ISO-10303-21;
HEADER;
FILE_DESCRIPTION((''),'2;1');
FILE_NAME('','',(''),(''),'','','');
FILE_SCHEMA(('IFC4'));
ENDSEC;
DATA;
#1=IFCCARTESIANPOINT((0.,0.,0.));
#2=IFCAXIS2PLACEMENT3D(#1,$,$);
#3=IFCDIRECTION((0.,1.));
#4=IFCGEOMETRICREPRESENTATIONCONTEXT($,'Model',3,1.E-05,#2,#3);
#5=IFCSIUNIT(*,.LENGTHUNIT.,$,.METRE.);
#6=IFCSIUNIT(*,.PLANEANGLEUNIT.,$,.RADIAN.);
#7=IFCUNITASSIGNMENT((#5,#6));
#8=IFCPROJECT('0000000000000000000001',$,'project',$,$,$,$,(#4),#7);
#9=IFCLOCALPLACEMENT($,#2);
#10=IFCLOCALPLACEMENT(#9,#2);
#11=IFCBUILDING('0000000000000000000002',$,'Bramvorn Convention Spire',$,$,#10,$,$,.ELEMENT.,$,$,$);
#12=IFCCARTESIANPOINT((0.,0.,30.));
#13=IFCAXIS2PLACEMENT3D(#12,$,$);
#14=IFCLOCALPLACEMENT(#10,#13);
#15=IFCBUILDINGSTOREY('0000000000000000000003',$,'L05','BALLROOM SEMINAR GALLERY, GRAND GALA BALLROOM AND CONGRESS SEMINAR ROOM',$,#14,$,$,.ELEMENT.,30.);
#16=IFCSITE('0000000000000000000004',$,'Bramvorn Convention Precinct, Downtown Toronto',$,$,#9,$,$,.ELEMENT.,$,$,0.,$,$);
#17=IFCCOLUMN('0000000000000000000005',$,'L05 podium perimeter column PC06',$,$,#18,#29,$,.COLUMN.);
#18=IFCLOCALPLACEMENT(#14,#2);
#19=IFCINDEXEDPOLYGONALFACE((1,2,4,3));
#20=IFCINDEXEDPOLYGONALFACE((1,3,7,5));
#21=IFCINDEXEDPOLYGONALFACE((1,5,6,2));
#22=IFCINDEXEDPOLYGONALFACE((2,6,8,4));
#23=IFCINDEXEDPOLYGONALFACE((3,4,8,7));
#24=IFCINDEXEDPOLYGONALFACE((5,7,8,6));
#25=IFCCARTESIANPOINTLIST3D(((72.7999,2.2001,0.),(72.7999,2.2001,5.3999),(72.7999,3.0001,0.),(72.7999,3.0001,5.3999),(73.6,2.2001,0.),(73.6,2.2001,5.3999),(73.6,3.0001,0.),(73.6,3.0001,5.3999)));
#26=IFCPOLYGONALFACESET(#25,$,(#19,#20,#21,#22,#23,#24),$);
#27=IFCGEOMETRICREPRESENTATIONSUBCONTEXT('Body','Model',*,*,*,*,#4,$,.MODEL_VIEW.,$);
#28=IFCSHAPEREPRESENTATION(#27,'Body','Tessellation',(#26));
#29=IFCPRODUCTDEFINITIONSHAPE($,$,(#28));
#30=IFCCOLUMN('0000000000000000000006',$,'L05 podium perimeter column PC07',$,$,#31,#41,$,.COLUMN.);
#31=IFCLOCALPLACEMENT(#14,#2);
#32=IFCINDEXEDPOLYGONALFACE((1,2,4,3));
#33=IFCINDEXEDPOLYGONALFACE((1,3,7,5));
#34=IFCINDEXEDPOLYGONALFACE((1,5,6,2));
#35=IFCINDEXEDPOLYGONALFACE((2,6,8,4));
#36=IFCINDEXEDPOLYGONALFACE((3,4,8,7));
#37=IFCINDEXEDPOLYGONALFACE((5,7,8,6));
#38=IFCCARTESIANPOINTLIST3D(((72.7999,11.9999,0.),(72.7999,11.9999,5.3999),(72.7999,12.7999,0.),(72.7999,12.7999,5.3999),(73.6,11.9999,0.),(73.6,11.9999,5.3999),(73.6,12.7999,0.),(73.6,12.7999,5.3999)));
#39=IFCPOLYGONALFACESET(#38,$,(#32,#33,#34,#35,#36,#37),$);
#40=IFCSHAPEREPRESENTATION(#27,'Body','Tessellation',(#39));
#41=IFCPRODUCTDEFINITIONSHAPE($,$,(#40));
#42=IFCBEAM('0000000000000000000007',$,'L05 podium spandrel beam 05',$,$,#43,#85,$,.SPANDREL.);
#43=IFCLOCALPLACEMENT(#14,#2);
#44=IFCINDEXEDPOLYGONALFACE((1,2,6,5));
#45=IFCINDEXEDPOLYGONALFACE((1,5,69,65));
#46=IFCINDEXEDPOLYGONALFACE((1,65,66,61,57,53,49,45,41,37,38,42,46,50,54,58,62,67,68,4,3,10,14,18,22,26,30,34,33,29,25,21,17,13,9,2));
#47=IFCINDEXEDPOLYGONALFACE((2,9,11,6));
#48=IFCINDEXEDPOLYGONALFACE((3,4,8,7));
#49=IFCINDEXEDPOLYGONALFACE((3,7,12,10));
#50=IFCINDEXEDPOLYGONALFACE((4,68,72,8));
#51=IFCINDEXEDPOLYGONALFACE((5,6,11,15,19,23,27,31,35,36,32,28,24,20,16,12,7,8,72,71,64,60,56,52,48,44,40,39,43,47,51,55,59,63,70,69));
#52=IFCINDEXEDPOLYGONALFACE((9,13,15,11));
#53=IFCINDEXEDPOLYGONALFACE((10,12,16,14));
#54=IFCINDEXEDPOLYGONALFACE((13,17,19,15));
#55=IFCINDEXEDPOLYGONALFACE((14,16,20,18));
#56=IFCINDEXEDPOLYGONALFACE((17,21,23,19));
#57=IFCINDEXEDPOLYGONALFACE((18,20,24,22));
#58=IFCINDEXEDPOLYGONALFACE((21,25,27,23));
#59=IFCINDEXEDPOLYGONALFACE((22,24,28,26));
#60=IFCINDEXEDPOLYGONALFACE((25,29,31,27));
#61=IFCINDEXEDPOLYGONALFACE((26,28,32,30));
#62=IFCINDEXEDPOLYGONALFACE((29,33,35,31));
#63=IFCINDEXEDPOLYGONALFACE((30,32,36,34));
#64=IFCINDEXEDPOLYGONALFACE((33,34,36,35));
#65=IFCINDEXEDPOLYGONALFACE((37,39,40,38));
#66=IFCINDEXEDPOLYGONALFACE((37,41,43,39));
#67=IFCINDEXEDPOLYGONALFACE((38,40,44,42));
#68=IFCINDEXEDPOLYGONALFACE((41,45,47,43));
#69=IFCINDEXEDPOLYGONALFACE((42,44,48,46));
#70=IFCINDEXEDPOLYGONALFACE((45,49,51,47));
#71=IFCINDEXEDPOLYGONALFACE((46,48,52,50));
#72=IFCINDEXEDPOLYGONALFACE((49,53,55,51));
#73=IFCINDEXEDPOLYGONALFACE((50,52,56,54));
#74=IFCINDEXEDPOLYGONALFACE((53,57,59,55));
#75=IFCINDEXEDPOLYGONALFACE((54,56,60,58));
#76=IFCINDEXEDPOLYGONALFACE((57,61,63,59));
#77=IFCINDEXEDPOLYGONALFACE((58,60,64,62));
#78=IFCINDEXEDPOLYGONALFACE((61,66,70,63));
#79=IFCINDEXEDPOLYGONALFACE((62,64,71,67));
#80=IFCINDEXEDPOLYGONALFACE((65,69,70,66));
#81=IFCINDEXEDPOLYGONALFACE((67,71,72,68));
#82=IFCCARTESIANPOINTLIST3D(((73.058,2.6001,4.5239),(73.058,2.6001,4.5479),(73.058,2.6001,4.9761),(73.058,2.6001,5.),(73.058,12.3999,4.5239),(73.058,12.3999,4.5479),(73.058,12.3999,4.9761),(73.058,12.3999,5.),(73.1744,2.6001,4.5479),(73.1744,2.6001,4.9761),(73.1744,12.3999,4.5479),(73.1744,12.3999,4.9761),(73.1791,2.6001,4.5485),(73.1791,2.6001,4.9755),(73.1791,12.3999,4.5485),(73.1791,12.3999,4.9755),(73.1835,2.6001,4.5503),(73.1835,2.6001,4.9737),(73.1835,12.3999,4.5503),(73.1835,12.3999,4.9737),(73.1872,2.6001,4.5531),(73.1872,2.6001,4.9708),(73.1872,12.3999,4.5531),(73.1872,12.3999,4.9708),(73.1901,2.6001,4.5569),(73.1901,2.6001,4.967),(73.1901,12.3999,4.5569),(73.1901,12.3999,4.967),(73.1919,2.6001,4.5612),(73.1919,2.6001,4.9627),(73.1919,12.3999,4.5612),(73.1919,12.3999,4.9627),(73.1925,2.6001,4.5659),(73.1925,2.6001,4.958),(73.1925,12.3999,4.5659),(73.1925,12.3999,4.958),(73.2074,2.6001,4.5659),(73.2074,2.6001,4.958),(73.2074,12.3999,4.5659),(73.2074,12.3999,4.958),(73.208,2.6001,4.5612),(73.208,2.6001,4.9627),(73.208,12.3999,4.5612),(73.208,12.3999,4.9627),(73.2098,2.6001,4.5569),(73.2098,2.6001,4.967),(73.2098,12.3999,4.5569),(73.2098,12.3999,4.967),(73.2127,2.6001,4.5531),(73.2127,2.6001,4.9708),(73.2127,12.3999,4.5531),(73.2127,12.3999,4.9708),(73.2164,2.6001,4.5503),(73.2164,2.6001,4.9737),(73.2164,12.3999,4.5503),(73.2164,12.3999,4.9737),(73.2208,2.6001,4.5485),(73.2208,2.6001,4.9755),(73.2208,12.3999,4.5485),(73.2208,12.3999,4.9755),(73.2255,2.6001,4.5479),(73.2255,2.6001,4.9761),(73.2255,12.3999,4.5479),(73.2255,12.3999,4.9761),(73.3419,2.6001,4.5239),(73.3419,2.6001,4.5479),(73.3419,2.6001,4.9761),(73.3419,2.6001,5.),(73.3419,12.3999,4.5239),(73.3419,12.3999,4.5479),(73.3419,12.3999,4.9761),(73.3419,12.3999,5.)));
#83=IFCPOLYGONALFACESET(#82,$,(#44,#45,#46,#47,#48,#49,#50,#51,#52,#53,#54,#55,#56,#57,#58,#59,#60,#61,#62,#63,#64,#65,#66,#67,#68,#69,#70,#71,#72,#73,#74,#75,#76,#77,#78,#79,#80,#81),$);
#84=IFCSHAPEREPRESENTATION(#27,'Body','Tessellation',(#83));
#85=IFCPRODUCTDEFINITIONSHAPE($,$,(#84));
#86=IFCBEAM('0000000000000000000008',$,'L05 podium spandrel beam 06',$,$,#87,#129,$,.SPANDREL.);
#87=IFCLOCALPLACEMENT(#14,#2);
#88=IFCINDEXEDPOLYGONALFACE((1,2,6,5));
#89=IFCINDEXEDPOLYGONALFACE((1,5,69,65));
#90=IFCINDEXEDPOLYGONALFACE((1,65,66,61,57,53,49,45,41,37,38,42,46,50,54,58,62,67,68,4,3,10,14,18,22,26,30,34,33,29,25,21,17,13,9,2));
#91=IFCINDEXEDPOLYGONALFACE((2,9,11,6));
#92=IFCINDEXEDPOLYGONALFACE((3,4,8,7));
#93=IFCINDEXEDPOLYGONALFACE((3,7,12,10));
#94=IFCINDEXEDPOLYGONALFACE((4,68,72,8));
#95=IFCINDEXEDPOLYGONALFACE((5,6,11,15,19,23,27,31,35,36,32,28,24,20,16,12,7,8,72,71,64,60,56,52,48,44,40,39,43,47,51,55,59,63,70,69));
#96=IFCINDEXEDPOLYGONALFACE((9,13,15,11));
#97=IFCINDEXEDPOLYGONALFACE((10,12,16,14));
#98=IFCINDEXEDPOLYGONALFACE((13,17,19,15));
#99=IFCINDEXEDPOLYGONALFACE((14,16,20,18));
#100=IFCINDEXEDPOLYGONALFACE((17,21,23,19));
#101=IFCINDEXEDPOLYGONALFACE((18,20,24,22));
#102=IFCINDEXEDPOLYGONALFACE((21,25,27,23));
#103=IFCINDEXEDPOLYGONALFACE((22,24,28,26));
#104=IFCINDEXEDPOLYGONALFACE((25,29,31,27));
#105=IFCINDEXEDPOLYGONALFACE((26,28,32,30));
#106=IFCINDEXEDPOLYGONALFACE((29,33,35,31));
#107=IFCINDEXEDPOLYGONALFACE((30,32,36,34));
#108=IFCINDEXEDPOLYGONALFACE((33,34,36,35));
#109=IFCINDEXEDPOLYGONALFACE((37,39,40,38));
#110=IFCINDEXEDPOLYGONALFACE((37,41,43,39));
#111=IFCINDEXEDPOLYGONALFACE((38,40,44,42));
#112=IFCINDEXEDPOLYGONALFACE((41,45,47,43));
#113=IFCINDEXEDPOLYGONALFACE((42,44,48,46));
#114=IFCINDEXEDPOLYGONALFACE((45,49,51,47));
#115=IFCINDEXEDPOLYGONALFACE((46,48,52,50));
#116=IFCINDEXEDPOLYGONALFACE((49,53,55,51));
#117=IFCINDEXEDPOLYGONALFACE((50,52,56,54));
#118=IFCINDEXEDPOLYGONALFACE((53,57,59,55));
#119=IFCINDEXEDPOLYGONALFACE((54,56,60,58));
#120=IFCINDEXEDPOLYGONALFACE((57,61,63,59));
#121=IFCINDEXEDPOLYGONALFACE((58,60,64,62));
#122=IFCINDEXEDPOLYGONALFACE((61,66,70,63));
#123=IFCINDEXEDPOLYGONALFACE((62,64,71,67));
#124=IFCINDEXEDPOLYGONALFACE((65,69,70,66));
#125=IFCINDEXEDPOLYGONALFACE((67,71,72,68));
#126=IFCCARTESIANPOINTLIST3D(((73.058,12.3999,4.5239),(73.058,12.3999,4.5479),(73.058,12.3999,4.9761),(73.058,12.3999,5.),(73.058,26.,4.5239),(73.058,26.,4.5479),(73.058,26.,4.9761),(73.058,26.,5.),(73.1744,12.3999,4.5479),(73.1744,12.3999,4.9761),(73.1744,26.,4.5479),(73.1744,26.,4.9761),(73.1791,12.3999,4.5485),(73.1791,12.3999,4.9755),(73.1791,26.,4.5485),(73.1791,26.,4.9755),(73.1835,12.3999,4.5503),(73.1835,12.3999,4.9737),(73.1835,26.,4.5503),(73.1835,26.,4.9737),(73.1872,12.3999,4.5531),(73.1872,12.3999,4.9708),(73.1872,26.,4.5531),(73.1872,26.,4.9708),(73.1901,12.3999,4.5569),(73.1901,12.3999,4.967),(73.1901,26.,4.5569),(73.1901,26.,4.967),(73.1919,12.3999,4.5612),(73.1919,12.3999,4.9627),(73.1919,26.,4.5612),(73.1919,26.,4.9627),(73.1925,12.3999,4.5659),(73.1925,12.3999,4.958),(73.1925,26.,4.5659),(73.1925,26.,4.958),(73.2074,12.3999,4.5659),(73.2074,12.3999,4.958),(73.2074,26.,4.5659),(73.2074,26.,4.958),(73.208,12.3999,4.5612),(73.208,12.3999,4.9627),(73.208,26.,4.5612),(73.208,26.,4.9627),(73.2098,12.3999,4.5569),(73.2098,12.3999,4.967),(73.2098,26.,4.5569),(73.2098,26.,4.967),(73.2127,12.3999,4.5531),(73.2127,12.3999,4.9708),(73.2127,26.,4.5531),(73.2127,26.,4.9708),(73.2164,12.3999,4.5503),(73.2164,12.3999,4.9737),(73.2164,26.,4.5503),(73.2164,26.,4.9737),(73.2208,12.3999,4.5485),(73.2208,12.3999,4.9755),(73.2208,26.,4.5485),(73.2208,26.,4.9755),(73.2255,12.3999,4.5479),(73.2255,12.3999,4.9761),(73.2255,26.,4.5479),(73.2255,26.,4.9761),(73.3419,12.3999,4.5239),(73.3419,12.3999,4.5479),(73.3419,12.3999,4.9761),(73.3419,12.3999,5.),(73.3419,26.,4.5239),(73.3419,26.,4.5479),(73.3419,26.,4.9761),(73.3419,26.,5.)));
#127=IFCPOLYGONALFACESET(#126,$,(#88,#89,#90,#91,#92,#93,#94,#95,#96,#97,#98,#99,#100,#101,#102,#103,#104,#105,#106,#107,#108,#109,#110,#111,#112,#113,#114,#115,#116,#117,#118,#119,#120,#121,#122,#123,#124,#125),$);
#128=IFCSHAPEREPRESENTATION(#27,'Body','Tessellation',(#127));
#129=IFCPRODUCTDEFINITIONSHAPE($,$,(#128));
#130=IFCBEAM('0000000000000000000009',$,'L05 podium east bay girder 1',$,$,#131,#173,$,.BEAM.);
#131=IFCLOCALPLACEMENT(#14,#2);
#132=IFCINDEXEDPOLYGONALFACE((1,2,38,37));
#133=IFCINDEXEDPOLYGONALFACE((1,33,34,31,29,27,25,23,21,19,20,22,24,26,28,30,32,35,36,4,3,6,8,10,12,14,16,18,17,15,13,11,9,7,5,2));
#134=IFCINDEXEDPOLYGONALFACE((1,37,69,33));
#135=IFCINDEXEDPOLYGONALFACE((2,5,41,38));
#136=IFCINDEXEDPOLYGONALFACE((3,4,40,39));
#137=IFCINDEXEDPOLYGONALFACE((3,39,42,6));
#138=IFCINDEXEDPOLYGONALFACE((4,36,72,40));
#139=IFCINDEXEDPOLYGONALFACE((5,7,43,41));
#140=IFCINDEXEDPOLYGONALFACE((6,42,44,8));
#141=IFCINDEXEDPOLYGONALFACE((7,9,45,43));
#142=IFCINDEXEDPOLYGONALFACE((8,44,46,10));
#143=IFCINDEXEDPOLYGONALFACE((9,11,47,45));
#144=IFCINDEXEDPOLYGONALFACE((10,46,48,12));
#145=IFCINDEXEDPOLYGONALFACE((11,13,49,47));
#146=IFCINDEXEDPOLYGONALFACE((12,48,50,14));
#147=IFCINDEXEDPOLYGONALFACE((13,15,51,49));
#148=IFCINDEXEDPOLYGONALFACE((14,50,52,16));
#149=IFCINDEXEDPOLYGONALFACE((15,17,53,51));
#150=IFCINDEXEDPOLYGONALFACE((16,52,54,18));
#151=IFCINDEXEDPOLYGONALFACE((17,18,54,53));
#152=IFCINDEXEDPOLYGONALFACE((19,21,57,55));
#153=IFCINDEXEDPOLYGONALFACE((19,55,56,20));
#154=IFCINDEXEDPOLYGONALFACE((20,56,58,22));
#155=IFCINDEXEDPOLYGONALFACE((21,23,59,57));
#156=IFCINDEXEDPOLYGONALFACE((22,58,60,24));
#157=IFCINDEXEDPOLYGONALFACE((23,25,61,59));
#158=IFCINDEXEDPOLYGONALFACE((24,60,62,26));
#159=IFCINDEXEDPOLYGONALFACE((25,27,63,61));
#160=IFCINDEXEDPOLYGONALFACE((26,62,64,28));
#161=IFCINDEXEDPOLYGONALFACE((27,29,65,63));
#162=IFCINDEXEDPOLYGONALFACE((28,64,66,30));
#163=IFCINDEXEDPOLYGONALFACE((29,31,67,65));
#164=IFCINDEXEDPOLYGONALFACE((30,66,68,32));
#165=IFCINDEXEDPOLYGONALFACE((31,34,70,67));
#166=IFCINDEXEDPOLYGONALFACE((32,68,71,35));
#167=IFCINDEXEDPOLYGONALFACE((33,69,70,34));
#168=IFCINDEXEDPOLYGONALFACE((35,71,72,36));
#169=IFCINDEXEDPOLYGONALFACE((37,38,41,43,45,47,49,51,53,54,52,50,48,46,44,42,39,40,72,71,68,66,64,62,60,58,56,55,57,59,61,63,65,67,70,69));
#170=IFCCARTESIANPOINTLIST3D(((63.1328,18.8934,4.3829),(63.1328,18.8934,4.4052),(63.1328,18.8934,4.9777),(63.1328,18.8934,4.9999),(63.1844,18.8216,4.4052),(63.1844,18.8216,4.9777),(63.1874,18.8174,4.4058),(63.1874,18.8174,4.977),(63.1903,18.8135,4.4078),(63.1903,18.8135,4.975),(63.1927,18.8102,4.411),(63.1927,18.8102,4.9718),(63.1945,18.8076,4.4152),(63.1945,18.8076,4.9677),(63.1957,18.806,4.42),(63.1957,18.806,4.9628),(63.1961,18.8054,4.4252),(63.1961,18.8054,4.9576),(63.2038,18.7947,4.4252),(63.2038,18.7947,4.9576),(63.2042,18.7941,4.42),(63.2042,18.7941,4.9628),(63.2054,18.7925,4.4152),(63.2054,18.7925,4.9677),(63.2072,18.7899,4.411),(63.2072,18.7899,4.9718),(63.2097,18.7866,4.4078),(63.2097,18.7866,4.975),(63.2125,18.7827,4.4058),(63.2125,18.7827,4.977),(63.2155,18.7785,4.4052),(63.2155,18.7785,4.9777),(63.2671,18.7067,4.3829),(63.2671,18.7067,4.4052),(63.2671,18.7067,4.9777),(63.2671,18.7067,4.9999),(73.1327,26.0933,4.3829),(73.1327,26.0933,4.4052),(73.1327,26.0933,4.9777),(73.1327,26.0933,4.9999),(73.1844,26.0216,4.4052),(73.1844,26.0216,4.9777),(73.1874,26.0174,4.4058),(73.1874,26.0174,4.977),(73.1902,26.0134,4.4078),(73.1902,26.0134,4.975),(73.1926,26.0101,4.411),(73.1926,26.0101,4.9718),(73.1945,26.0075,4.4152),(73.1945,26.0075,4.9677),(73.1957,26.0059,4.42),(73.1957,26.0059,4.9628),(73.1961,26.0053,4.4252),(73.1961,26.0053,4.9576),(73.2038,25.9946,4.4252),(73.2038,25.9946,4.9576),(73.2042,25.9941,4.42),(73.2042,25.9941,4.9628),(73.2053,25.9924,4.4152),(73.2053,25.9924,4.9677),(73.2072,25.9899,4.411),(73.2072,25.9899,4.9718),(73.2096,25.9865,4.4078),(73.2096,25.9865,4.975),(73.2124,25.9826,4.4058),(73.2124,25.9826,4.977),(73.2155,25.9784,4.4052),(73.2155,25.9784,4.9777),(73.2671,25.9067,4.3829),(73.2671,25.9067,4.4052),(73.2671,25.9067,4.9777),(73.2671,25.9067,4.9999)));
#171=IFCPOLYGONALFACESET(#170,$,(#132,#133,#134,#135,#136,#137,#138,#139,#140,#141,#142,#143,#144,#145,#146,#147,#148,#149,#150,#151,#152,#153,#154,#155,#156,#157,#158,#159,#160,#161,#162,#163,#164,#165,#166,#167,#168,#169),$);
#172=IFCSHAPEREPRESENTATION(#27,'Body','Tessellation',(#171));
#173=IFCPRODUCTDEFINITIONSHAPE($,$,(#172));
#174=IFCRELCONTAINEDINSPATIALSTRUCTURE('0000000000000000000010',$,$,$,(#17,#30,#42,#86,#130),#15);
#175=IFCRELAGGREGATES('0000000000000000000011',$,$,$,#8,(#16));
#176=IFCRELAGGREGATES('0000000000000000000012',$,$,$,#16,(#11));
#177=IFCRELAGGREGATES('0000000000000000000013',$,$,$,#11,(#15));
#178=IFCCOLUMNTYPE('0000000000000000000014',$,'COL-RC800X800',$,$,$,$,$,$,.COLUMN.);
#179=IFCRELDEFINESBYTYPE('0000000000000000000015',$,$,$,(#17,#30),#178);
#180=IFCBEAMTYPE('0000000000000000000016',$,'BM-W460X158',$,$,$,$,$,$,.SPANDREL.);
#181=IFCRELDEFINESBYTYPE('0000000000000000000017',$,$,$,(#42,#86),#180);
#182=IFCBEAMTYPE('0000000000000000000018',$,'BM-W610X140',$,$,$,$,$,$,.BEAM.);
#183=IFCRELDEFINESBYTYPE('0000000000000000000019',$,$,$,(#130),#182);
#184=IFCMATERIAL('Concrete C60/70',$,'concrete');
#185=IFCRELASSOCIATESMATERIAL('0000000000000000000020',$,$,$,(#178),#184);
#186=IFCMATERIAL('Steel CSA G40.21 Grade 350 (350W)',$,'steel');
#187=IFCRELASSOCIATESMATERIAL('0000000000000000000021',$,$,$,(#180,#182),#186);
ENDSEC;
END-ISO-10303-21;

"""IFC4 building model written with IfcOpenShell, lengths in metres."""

from ifc_helpers import new_model, si_unit, direction, frame, origin, origin_2d, place, context, subcontext, project, spatial, rectangle, i_section, extrude, material, material_profile, profile_set, type_object, element, save


model = new_model("IFC4")

# Units and contexts
model_context = context("Model", 3, precision=1e-05, world=origin(), true_north=direction((0.0, 1.0)))
body_context = subcontext(model_context, "Body", "Model", "MODEL_VIEW")
ifc_project = project(units=[si_unit("LENGTHUNIT", "METRE"), si_unit("PLANEANGLEUNIT", "RADIAN")], contexts=[model_context])

# Site, building, storey
site_placement = place(None, origin())
site = spatial("IfcSite", under=ifc_project, at=site_placement, Name="Bramvorn Convention Precinct, Downtown Toronto", CompositionType="ELEMENT", RefElevation=0.0)
building_placement = place(site_placement, origin())
building = spatial("IfcBuilding", under=site, at=building_placement, Name="Bramvorn Convention Spire", CompositionType="ELEMENT")
storey_placement = place(building_placement, frame((0.0, 0.0, 30.0)))
storey = spatial("IfcBuildingStorey", under=building, at=storey_placement, Name="L05", Description="BALLROOM SEMINAR GALLERY, GRAND GALA BALLROOM AND CONGRESS SEMINAR ROOM", CompositionType="ELEMENT", Elevation=30.0)

# Columns
ifc_material_1 = material(Name="Steel CSA G40.21 Grade 350 (350W)", Category="steel")
ifc_material_2 = material(Name="Concrete C60/70", Category="concrete")
ifc_material_profile_1 = material_profile(ifc_material_2, rectangle(XDim=0.8, YDim=0.8, at=origin_2d()))
ifc_profile_set_1 = profile_set([ifc_material_profile_1], Name="Concrete C60/70 - RC800X800")
column_type_1 = type_object("IfcColumnType", Name="COL-RC800X800", PredefinedType="COLUMN", material=ifc_profile_set_1)
for number, where, z_axis, x_axis, name in (
    (1, (73.2, 2.6001, 0.0), (0.0, 0.0, 1.0), (1.0, 0.0, 0.0), "L05 podium perimeter column PC06"),
    (2, (73.2, 12.3999, 0.0), (0.0, 0.0, 1.0), (1.0, 0.0, 0.0), "L05 podium perimeter column PC07"),
):
    element("IfcColumn", number, at=place(storey_placement, frame(where, z_axis=z_axis, x_axis=x_axis)), inside=storey, type_object=column_type_1, Name=name, PredefinedType="COLUMN", context=body_context, shape_type="SweptSolid", body=[
        extrude(rectangle(XDim=0.8, YDim=0.8, at=origin_2d()), origin(), (0.0, 0.0, 1.0), 5.3999),
    ])

# Beams
ifc_material_profile_2 = material_profile(ifc_material_1, i_section(OverallWidth=0.2839, OverallDepth=0.4761, WebThickness=0.0149, FlangeThickness=0.0239, FilletRadius=0.0181, at=origin_2d()))
ifc_profile_set_2 = profile_set([ifc_material_profile_2], Name="Steel CSA G40.21 Grade 350 (350W) - W460X158")
beam_type_1 = type_object("IfcBeamType", Name="BM-W460X158", PredefinedType="SPANDREL", material=ifc_profile_set_2)
beam_1_placement = place(storey_placement, frame((73.2, 2.6001, 4.762), z_axis=(0.0, 1.0, 0.0), x_axis=(-1.0, 0.0, 0.0)))
element("IfcBeam", 3, at=beam_1_placement, inside=storey, type_object=beam_type_1, Name="L05 podium spandrel beam 05", PredefinedType="SPANDREL", context=body_context, shape_type="SweptSolid", body=[
    extrude(i_section(OverallWidth=0.2839, OverallDepth=0.4761, WebThickness=0.0149, FlangeThickness=0.0239, FilletRadius=0.0181, at=origin_2d()), origin(), (0.0, 0.0, 1.0), 9.7998),
])
beam_2_placement = place(storey_placement, frame((73.2, 12.3999, 4.762), z_axis=(0.0, 1.0, 0.0), x_axis=(-1.0, 0.0, 0.0)))
element("IfcBeam", 4, at=beam_2_placement, inside=storey, type_object=beam_type_1, Name="L05 podium spandrel beam 06", PredefinedType="SPANDREL", context=body_context, shape_type="SweptSolid", body=[
    extrude(i_section(OverallWidth=0.2839, OverallDepth=0.4761, WebThickness=0.0149, FlangeThickness=0.0239, FilletRadius=0.0181, at=origin_2d()), origin(), (0.0, 0.0, 1.0), 13.6001),
])
ifc_material_profile_3 = material_profile(ifc_material_1, i_section(OverallWidth=0.23, OverallDepth=0.6169, WebThickness=0.0132, FlangeThickness=0.0222, FilletRadius=0.02, at=origin_2d()))
ifc_profile_set_3 = profile_set([ifc_material_profile_3], Name="Steel CSA G40.21 Grade 350 (350W) - W610X140")
beam_type_2 = type_object("IfcBeamType", Name="BM-W610X140", PredefinedType="BEAM", material=ifc_profile_set_3)
beam_3_placement = place(storey_placement, frame((63.2, 18.8, 4.6914), z_axis=(0.811536, 0.584302, 0.0), x_axis=(-0.584302, 0.811536, 0.0)))
element("IfcBeam", 5, at=beam_3_placement, inside=storey, type_object=beam_type_2, Name="L05 podium east bay girder 1", PredefinedType="BEAM", context=body_context, shape_type="SweptSolid", body=[
    extrude(i_section(OverallWidth=0.23, OverallDepth=0.6169, WebThickness=0.0132, FlangeThickness=0.0222, FilletRadius=0.02, at=origin_2d()), origin(), (0.0, 0.0, 1.0), 12.3223),
])

save(model, "model.ifc")
